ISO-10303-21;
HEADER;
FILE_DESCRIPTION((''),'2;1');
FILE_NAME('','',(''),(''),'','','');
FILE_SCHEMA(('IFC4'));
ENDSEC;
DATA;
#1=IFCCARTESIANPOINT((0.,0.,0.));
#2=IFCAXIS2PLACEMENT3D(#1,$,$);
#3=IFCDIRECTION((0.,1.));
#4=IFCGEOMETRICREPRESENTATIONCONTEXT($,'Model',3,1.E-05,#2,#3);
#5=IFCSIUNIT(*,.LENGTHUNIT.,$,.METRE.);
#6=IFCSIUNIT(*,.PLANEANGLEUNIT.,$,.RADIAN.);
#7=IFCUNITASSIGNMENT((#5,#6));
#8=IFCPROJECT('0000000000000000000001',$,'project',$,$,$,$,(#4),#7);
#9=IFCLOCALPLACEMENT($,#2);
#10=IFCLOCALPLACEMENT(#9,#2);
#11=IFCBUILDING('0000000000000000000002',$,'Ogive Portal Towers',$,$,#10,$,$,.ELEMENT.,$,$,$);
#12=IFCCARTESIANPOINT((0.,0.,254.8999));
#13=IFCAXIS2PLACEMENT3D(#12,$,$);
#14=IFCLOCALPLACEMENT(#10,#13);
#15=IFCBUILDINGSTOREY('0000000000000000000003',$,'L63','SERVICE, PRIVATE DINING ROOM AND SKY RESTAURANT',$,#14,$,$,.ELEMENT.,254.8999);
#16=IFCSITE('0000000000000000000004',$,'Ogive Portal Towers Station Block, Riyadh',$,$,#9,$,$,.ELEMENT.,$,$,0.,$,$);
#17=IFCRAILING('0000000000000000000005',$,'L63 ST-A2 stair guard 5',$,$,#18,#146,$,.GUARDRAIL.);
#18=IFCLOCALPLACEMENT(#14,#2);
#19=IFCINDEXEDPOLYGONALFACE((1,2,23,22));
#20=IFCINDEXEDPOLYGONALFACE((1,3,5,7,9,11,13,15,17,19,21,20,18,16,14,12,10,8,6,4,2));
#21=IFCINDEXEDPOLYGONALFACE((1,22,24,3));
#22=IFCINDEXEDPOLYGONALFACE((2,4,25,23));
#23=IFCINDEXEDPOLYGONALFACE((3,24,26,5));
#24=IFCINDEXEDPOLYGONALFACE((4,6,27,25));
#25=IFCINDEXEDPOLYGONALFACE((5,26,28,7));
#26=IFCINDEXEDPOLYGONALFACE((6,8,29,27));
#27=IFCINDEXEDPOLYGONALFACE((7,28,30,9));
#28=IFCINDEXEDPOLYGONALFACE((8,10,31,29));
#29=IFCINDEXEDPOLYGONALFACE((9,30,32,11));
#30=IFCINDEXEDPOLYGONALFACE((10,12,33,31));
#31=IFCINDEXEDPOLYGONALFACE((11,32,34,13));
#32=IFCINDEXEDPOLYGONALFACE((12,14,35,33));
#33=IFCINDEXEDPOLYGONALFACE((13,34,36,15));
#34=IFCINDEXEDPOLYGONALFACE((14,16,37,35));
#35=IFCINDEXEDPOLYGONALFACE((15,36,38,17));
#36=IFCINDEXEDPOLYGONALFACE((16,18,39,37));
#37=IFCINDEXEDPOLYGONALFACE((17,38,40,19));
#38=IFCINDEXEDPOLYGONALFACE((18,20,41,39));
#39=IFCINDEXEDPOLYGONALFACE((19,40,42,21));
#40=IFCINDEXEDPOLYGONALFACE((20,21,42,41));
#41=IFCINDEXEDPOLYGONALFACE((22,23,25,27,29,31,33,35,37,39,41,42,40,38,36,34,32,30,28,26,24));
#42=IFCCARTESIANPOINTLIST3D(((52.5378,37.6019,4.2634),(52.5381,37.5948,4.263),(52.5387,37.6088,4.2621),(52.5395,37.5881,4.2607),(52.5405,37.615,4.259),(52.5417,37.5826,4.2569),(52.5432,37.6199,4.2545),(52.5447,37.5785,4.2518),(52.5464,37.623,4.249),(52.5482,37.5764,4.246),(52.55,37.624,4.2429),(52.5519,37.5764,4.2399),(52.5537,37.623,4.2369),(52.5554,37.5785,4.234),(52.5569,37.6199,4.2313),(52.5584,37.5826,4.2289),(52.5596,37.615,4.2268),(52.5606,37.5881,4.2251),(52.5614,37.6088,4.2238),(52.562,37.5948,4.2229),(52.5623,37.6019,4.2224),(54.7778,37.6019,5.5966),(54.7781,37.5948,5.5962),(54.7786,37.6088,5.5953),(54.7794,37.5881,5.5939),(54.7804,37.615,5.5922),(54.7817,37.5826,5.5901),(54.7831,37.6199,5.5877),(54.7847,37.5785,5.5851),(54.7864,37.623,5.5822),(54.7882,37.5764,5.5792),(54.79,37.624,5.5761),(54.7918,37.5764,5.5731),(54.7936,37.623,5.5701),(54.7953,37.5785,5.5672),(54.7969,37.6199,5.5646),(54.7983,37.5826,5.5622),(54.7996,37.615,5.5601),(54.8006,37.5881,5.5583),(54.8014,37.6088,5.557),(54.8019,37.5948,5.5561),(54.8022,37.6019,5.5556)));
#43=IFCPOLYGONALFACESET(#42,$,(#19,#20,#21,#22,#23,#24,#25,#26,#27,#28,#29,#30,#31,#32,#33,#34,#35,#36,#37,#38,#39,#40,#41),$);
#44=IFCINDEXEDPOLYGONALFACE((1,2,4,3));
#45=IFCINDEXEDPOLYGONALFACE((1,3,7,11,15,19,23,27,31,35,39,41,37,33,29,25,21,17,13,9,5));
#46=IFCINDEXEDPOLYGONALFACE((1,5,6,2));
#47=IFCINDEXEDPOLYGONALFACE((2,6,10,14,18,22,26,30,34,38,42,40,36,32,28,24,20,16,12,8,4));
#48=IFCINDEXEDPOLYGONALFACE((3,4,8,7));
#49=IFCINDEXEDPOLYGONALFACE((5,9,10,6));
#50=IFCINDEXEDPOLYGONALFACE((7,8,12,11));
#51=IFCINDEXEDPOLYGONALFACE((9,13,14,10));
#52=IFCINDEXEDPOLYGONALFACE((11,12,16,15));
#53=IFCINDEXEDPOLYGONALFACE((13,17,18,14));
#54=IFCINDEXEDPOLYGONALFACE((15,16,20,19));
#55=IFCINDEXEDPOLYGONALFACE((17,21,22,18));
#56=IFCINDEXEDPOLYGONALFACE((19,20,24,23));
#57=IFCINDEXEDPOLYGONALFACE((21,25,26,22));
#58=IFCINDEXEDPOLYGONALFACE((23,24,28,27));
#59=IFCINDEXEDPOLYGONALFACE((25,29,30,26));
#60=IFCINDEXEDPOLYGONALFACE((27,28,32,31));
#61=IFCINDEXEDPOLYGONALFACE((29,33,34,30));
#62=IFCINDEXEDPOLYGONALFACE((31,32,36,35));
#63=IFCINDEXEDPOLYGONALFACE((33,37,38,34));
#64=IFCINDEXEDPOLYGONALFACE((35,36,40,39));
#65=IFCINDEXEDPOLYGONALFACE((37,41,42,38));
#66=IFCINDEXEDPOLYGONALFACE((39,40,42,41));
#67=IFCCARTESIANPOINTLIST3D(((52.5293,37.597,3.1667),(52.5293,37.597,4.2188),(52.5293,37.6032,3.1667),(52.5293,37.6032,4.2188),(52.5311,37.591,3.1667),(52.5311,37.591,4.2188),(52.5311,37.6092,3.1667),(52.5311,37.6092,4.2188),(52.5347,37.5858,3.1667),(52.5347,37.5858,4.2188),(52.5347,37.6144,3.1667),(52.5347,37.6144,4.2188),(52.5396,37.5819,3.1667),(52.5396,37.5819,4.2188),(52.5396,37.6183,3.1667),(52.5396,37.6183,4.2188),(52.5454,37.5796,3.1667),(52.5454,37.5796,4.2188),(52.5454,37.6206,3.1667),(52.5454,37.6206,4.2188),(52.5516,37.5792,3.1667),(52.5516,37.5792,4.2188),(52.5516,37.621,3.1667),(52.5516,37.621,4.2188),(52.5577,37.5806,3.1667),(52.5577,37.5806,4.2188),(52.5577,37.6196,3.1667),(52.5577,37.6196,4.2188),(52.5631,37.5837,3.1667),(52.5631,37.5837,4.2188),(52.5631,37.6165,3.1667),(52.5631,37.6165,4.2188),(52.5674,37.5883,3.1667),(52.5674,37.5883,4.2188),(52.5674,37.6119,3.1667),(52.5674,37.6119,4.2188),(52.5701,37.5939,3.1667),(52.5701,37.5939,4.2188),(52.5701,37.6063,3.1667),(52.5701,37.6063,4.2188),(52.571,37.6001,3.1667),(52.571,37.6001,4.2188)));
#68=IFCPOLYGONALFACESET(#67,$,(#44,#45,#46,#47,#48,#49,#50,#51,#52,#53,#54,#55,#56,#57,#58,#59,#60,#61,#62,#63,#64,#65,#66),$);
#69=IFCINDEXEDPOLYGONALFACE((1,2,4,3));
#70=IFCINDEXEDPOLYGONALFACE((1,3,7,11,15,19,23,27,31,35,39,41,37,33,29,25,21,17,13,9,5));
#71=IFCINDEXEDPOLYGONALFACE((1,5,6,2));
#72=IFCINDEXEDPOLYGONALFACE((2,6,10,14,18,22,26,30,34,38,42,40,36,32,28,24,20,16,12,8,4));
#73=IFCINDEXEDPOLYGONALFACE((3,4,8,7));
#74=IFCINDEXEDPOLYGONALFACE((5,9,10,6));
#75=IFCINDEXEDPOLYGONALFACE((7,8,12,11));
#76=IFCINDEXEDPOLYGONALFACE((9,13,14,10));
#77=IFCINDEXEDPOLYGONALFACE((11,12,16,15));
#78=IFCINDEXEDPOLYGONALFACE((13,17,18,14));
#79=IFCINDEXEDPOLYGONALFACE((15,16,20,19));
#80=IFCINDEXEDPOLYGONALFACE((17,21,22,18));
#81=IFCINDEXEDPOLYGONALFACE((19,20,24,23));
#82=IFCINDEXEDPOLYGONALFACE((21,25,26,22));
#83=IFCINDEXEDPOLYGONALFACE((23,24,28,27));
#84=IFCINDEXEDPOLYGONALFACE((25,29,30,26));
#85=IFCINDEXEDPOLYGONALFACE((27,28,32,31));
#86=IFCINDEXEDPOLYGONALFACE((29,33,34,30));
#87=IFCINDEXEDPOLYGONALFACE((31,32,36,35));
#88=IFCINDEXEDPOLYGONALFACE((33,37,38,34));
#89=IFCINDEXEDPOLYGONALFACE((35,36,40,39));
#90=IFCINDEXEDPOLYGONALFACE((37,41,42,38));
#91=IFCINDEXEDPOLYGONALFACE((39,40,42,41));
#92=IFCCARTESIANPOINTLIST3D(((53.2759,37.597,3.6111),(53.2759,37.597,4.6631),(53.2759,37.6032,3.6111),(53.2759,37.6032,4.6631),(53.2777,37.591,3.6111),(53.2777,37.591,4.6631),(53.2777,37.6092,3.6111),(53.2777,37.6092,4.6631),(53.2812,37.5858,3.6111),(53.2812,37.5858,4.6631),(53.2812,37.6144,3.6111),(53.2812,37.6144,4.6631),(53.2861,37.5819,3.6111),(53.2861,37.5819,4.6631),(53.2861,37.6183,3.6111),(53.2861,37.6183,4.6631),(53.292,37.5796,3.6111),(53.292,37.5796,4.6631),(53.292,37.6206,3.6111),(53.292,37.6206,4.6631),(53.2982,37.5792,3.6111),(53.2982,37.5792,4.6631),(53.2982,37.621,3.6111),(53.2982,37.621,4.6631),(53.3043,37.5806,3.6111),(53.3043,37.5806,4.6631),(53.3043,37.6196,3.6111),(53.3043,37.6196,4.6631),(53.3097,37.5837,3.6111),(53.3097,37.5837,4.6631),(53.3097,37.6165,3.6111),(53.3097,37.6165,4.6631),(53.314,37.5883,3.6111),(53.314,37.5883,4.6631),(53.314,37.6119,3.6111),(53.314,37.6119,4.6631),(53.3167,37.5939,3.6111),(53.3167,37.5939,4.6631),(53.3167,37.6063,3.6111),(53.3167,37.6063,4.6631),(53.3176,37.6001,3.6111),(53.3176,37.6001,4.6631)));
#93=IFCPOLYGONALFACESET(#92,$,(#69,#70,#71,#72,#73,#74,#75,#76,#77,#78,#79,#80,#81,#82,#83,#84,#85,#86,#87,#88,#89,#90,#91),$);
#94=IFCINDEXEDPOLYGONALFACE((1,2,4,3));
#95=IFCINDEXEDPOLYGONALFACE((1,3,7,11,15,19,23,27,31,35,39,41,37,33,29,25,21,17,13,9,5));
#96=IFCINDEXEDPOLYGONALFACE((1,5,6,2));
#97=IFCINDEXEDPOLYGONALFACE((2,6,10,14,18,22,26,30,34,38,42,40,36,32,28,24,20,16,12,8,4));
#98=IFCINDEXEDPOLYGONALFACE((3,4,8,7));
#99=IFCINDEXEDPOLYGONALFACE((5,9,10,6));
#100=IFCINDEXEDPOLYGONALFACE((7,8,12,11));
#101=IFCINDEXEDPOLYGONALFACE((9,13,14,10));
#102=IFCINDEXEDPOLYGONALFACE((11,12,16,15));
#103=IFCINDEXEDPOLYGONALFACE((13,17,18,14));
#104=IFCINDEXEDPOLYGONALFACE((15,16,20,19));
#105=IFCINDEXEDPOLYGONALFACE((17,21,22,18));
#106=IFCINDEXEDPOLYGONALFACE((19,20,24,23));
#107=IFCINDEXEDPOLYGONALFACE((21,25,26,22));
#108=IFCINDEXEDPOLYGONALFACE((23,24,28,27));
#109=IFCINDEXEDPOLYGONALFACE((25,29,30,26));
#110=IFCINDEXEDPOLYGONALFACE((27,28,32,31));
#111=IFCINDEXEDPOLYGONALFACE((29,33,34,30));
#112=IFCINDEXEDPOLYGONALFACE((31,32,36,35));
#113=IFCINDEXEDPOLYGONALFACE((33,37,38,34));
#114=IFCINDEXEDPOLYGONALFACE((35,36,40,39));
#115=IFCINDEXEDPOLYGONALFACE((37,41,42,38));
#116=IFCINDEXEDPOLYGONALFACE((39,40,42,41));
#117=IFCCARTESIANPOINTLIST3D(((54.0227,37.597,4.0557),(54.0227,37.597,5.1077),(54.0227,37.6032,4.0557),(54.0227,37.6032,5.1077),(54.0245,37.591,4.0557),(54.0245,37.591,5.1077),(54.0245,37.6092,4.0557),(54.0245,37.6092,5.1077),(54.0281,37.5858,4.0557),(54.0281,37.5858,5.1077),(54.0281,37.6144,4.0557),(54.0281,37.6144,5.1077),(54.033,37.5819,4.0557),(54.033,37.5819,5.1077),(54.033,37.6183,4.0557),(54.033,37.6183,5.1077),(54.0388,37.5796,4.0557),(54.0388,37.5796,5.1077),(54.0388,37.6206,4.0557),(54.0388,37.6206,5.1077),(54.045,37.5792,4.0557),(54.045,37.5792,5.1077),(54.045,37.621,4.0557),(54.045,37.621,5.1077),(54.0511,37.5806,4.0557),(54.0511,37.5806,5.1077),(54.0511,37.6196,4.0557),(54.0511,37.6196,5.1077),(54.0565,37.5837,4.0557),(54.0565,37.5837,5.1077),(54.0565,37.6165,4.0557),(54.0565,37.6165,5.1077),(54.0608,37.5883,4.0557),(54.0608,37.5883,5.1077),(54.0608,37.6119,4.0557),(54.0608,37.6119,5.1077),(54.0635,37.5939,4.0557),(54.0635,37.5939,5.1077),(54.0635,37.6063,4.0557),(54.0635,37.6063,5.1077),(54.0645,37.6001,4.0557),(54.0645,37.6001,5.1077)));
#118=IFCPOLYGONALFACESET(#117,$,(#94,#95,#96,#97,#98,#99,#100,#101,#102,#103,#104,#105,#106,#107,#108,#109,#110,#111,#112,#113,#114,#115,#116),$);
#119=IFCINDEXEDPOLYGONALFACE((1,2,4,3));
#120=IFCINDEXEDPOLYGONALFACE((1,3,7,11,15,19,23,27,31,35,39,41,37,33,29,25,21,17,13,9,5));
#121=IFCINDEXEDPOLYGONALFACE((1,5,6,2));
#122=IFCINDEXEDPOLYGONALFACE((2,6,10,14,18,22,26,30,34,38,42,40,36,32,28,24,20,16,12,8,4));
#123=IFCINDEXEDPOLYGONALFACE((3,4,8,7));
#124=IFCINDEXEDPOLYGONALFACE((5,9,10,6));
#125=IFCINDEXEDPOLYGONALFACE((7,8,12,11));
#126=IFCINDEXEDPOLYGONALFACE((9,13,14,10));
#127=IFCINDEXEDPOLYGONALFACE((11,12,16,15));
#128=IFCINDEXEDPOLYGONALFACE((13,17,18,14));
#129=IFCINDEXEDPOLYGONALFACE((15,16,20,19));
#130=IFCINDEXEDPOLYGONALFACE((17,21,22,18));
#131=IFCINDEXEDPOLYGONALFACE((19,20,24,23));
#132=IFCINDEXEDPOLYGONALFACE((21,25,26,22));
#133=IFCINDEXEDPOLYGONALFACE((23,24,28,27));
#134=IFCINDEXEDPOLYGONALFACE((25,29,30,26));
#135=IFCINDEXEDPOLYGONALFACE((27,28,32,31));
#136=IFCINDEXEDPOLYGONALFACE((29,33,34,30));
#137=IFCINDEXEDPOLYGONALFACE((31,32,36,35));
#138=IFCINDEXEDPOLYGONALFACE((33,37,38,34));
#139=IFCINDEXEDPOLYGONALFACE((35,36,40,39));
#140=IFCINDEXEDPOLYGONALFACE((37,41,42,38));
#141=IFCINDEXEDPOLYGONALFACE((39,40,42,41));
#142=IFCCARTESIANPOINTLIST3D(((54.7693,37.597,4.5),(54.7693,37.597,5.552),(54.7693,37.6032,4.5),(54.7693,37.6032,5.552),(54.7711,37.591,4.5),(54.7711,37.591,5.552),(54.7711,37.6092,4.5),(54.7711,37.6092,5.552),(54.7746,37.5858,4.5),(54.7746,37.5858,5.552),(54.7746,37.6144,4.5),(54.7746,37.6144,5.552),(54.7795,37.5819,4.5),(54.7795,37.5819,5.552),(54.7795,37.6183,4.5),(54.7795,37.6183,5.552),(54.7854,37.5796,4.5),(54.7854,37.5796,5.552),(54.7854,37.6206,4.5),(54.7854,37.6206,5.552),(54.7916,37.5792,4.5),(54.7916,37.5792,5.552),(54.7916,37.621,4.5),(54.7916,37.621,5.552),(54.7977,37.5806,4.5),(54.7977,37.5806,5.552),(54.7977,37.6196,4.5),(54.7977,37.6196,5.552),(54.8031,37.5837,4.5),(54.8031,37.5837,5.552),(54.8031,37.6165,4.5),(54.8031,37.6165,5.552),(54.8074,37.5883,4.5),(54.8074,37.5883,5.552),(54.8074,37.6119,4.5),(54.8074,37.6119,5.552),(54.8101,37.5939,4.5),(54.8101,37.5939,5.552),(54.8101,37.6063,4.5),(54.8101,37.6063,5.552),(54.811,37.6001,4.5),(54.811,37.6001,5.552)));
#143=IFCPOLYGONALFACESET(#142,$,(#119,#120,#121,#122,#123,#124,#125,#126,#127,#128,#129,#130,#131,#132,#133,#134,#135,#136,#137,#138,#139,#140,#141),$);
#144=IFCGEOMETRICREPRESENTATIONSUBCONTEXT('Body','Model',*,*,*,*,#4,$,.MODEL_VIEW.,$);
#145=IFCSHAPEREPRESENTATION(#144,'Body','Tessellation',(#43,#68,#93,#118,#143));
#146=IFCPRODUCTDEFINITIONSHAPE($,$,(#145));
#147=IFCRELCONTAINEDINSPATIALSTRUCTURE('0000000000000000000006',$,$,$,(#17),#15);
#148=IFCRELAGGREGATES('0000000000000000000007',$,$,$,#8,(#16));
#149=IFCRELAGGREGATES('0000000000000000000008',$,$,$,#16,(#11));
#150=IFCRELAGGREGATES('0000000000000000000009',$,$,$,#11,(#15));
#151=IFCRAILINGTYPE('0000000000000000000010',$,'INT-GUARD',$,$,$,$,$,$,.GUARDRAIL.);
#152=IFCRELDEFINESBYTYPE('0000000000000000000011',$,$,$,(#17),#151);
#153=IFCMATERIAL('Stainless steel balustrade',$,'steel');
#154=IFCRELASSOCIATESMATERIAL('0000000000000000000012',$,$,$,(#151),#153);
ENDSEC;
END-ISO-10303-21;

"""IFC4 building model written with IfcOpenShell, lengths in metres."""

from ifc_helpers import new_model, si_unit, direction, frame, origin, origin_2d, place, context, subcontext, project, spatial, circle, extrude, material, type_object, element, save


model = new_model("IFC4")

# Units and contexts
model_context = context("Model", 3, precision=1e-05, world=origin(), true_north=direction((0.0, 1.0)))
body_context = subcontext(model_context, "Body", "Model", "MODEL_VIEW")
ifc_project = project(units=[si_unit("LENGTHUNIT", "METRE"), si_unit("PLANEANGLEUNIT", "RADIAN")], contexts=[model_context])

# Site, building, storey
site_placement = place(None, origin())
site = spatial("IfcSite", under=ifc_project, at=site_placement, Name="Ogive Portal Towers Station Block, Riyadh", CompositionType="ELEMENT", RefElevation=0.0)
building_placement = place(site_placement, origin())
building = spatial("IfcBuilding", under=site, at=building_placement, Name="Ogive Portal Towers", CompositionType="ELEMENT")
storey_placement = place(building_placement, frame((0.0, 0.0, 254.8999)))
storey = spatial("IfcBuildingStorey", under=building, at=storey_placement, Name="L63", Description="SERVICE, PRIVATE DINING ROOM AND SKY RESTAURANT", CompositionType="ELEMENT", Elevation=254.8999)

# Railing
ifc_material_1 = material(Name="Stainless steel balustrade", Category="steel")
railing_type_1 = type_object("IfcRailingType", Name="INT-GUARD", PredefinedType="GUARDRAIL", material=ifc_material_1)
railing_1_placement = place(storey_placement, frame((52.55, 37.6001, 3.1667)))
element("IfcRailing", 1, at=railing_1_placement, inside=storey, type_object=railing_type_1, Name="L63 ST-A2 stair guard 5", PredefinedType="GUARDRAIL", context=body_context, shape_type="SweptSolid", body=[
    extrude(circle(Radius=0.0239, at=origin_2d()), frame((0.0, 0.0, 1.0762), z_axis=(0.859306, 0.0, 0.511462), x_axis=(0.0, 1.0, 0.0)), (0.0, 0.0, 1.0), 2.6067),
    extrude(circle(Radius=0.021, at=origin_2d()), origin(), (0.0, 0.0, 1.0), 1.052),
    extrude(circle(Radius=0.021, at=origin_2d()), frame((0.7466, 0.0, 0.4443)), (0.0, 0.0, 1.0), 1.052),
    extrude(circle(Radius=0.021, at=origin_2d()), frame((1.4934, 0.0, 0.8889)), (0.0, 0.0, 1.0), 1.052),
    extrude(circle(Radius=0.021, at=origin_2d()), frame((2.24, 0.0, 1.3333)), (0.0, 0.0, 1.0), 1.052),
])

save(model, "model.ifc")
